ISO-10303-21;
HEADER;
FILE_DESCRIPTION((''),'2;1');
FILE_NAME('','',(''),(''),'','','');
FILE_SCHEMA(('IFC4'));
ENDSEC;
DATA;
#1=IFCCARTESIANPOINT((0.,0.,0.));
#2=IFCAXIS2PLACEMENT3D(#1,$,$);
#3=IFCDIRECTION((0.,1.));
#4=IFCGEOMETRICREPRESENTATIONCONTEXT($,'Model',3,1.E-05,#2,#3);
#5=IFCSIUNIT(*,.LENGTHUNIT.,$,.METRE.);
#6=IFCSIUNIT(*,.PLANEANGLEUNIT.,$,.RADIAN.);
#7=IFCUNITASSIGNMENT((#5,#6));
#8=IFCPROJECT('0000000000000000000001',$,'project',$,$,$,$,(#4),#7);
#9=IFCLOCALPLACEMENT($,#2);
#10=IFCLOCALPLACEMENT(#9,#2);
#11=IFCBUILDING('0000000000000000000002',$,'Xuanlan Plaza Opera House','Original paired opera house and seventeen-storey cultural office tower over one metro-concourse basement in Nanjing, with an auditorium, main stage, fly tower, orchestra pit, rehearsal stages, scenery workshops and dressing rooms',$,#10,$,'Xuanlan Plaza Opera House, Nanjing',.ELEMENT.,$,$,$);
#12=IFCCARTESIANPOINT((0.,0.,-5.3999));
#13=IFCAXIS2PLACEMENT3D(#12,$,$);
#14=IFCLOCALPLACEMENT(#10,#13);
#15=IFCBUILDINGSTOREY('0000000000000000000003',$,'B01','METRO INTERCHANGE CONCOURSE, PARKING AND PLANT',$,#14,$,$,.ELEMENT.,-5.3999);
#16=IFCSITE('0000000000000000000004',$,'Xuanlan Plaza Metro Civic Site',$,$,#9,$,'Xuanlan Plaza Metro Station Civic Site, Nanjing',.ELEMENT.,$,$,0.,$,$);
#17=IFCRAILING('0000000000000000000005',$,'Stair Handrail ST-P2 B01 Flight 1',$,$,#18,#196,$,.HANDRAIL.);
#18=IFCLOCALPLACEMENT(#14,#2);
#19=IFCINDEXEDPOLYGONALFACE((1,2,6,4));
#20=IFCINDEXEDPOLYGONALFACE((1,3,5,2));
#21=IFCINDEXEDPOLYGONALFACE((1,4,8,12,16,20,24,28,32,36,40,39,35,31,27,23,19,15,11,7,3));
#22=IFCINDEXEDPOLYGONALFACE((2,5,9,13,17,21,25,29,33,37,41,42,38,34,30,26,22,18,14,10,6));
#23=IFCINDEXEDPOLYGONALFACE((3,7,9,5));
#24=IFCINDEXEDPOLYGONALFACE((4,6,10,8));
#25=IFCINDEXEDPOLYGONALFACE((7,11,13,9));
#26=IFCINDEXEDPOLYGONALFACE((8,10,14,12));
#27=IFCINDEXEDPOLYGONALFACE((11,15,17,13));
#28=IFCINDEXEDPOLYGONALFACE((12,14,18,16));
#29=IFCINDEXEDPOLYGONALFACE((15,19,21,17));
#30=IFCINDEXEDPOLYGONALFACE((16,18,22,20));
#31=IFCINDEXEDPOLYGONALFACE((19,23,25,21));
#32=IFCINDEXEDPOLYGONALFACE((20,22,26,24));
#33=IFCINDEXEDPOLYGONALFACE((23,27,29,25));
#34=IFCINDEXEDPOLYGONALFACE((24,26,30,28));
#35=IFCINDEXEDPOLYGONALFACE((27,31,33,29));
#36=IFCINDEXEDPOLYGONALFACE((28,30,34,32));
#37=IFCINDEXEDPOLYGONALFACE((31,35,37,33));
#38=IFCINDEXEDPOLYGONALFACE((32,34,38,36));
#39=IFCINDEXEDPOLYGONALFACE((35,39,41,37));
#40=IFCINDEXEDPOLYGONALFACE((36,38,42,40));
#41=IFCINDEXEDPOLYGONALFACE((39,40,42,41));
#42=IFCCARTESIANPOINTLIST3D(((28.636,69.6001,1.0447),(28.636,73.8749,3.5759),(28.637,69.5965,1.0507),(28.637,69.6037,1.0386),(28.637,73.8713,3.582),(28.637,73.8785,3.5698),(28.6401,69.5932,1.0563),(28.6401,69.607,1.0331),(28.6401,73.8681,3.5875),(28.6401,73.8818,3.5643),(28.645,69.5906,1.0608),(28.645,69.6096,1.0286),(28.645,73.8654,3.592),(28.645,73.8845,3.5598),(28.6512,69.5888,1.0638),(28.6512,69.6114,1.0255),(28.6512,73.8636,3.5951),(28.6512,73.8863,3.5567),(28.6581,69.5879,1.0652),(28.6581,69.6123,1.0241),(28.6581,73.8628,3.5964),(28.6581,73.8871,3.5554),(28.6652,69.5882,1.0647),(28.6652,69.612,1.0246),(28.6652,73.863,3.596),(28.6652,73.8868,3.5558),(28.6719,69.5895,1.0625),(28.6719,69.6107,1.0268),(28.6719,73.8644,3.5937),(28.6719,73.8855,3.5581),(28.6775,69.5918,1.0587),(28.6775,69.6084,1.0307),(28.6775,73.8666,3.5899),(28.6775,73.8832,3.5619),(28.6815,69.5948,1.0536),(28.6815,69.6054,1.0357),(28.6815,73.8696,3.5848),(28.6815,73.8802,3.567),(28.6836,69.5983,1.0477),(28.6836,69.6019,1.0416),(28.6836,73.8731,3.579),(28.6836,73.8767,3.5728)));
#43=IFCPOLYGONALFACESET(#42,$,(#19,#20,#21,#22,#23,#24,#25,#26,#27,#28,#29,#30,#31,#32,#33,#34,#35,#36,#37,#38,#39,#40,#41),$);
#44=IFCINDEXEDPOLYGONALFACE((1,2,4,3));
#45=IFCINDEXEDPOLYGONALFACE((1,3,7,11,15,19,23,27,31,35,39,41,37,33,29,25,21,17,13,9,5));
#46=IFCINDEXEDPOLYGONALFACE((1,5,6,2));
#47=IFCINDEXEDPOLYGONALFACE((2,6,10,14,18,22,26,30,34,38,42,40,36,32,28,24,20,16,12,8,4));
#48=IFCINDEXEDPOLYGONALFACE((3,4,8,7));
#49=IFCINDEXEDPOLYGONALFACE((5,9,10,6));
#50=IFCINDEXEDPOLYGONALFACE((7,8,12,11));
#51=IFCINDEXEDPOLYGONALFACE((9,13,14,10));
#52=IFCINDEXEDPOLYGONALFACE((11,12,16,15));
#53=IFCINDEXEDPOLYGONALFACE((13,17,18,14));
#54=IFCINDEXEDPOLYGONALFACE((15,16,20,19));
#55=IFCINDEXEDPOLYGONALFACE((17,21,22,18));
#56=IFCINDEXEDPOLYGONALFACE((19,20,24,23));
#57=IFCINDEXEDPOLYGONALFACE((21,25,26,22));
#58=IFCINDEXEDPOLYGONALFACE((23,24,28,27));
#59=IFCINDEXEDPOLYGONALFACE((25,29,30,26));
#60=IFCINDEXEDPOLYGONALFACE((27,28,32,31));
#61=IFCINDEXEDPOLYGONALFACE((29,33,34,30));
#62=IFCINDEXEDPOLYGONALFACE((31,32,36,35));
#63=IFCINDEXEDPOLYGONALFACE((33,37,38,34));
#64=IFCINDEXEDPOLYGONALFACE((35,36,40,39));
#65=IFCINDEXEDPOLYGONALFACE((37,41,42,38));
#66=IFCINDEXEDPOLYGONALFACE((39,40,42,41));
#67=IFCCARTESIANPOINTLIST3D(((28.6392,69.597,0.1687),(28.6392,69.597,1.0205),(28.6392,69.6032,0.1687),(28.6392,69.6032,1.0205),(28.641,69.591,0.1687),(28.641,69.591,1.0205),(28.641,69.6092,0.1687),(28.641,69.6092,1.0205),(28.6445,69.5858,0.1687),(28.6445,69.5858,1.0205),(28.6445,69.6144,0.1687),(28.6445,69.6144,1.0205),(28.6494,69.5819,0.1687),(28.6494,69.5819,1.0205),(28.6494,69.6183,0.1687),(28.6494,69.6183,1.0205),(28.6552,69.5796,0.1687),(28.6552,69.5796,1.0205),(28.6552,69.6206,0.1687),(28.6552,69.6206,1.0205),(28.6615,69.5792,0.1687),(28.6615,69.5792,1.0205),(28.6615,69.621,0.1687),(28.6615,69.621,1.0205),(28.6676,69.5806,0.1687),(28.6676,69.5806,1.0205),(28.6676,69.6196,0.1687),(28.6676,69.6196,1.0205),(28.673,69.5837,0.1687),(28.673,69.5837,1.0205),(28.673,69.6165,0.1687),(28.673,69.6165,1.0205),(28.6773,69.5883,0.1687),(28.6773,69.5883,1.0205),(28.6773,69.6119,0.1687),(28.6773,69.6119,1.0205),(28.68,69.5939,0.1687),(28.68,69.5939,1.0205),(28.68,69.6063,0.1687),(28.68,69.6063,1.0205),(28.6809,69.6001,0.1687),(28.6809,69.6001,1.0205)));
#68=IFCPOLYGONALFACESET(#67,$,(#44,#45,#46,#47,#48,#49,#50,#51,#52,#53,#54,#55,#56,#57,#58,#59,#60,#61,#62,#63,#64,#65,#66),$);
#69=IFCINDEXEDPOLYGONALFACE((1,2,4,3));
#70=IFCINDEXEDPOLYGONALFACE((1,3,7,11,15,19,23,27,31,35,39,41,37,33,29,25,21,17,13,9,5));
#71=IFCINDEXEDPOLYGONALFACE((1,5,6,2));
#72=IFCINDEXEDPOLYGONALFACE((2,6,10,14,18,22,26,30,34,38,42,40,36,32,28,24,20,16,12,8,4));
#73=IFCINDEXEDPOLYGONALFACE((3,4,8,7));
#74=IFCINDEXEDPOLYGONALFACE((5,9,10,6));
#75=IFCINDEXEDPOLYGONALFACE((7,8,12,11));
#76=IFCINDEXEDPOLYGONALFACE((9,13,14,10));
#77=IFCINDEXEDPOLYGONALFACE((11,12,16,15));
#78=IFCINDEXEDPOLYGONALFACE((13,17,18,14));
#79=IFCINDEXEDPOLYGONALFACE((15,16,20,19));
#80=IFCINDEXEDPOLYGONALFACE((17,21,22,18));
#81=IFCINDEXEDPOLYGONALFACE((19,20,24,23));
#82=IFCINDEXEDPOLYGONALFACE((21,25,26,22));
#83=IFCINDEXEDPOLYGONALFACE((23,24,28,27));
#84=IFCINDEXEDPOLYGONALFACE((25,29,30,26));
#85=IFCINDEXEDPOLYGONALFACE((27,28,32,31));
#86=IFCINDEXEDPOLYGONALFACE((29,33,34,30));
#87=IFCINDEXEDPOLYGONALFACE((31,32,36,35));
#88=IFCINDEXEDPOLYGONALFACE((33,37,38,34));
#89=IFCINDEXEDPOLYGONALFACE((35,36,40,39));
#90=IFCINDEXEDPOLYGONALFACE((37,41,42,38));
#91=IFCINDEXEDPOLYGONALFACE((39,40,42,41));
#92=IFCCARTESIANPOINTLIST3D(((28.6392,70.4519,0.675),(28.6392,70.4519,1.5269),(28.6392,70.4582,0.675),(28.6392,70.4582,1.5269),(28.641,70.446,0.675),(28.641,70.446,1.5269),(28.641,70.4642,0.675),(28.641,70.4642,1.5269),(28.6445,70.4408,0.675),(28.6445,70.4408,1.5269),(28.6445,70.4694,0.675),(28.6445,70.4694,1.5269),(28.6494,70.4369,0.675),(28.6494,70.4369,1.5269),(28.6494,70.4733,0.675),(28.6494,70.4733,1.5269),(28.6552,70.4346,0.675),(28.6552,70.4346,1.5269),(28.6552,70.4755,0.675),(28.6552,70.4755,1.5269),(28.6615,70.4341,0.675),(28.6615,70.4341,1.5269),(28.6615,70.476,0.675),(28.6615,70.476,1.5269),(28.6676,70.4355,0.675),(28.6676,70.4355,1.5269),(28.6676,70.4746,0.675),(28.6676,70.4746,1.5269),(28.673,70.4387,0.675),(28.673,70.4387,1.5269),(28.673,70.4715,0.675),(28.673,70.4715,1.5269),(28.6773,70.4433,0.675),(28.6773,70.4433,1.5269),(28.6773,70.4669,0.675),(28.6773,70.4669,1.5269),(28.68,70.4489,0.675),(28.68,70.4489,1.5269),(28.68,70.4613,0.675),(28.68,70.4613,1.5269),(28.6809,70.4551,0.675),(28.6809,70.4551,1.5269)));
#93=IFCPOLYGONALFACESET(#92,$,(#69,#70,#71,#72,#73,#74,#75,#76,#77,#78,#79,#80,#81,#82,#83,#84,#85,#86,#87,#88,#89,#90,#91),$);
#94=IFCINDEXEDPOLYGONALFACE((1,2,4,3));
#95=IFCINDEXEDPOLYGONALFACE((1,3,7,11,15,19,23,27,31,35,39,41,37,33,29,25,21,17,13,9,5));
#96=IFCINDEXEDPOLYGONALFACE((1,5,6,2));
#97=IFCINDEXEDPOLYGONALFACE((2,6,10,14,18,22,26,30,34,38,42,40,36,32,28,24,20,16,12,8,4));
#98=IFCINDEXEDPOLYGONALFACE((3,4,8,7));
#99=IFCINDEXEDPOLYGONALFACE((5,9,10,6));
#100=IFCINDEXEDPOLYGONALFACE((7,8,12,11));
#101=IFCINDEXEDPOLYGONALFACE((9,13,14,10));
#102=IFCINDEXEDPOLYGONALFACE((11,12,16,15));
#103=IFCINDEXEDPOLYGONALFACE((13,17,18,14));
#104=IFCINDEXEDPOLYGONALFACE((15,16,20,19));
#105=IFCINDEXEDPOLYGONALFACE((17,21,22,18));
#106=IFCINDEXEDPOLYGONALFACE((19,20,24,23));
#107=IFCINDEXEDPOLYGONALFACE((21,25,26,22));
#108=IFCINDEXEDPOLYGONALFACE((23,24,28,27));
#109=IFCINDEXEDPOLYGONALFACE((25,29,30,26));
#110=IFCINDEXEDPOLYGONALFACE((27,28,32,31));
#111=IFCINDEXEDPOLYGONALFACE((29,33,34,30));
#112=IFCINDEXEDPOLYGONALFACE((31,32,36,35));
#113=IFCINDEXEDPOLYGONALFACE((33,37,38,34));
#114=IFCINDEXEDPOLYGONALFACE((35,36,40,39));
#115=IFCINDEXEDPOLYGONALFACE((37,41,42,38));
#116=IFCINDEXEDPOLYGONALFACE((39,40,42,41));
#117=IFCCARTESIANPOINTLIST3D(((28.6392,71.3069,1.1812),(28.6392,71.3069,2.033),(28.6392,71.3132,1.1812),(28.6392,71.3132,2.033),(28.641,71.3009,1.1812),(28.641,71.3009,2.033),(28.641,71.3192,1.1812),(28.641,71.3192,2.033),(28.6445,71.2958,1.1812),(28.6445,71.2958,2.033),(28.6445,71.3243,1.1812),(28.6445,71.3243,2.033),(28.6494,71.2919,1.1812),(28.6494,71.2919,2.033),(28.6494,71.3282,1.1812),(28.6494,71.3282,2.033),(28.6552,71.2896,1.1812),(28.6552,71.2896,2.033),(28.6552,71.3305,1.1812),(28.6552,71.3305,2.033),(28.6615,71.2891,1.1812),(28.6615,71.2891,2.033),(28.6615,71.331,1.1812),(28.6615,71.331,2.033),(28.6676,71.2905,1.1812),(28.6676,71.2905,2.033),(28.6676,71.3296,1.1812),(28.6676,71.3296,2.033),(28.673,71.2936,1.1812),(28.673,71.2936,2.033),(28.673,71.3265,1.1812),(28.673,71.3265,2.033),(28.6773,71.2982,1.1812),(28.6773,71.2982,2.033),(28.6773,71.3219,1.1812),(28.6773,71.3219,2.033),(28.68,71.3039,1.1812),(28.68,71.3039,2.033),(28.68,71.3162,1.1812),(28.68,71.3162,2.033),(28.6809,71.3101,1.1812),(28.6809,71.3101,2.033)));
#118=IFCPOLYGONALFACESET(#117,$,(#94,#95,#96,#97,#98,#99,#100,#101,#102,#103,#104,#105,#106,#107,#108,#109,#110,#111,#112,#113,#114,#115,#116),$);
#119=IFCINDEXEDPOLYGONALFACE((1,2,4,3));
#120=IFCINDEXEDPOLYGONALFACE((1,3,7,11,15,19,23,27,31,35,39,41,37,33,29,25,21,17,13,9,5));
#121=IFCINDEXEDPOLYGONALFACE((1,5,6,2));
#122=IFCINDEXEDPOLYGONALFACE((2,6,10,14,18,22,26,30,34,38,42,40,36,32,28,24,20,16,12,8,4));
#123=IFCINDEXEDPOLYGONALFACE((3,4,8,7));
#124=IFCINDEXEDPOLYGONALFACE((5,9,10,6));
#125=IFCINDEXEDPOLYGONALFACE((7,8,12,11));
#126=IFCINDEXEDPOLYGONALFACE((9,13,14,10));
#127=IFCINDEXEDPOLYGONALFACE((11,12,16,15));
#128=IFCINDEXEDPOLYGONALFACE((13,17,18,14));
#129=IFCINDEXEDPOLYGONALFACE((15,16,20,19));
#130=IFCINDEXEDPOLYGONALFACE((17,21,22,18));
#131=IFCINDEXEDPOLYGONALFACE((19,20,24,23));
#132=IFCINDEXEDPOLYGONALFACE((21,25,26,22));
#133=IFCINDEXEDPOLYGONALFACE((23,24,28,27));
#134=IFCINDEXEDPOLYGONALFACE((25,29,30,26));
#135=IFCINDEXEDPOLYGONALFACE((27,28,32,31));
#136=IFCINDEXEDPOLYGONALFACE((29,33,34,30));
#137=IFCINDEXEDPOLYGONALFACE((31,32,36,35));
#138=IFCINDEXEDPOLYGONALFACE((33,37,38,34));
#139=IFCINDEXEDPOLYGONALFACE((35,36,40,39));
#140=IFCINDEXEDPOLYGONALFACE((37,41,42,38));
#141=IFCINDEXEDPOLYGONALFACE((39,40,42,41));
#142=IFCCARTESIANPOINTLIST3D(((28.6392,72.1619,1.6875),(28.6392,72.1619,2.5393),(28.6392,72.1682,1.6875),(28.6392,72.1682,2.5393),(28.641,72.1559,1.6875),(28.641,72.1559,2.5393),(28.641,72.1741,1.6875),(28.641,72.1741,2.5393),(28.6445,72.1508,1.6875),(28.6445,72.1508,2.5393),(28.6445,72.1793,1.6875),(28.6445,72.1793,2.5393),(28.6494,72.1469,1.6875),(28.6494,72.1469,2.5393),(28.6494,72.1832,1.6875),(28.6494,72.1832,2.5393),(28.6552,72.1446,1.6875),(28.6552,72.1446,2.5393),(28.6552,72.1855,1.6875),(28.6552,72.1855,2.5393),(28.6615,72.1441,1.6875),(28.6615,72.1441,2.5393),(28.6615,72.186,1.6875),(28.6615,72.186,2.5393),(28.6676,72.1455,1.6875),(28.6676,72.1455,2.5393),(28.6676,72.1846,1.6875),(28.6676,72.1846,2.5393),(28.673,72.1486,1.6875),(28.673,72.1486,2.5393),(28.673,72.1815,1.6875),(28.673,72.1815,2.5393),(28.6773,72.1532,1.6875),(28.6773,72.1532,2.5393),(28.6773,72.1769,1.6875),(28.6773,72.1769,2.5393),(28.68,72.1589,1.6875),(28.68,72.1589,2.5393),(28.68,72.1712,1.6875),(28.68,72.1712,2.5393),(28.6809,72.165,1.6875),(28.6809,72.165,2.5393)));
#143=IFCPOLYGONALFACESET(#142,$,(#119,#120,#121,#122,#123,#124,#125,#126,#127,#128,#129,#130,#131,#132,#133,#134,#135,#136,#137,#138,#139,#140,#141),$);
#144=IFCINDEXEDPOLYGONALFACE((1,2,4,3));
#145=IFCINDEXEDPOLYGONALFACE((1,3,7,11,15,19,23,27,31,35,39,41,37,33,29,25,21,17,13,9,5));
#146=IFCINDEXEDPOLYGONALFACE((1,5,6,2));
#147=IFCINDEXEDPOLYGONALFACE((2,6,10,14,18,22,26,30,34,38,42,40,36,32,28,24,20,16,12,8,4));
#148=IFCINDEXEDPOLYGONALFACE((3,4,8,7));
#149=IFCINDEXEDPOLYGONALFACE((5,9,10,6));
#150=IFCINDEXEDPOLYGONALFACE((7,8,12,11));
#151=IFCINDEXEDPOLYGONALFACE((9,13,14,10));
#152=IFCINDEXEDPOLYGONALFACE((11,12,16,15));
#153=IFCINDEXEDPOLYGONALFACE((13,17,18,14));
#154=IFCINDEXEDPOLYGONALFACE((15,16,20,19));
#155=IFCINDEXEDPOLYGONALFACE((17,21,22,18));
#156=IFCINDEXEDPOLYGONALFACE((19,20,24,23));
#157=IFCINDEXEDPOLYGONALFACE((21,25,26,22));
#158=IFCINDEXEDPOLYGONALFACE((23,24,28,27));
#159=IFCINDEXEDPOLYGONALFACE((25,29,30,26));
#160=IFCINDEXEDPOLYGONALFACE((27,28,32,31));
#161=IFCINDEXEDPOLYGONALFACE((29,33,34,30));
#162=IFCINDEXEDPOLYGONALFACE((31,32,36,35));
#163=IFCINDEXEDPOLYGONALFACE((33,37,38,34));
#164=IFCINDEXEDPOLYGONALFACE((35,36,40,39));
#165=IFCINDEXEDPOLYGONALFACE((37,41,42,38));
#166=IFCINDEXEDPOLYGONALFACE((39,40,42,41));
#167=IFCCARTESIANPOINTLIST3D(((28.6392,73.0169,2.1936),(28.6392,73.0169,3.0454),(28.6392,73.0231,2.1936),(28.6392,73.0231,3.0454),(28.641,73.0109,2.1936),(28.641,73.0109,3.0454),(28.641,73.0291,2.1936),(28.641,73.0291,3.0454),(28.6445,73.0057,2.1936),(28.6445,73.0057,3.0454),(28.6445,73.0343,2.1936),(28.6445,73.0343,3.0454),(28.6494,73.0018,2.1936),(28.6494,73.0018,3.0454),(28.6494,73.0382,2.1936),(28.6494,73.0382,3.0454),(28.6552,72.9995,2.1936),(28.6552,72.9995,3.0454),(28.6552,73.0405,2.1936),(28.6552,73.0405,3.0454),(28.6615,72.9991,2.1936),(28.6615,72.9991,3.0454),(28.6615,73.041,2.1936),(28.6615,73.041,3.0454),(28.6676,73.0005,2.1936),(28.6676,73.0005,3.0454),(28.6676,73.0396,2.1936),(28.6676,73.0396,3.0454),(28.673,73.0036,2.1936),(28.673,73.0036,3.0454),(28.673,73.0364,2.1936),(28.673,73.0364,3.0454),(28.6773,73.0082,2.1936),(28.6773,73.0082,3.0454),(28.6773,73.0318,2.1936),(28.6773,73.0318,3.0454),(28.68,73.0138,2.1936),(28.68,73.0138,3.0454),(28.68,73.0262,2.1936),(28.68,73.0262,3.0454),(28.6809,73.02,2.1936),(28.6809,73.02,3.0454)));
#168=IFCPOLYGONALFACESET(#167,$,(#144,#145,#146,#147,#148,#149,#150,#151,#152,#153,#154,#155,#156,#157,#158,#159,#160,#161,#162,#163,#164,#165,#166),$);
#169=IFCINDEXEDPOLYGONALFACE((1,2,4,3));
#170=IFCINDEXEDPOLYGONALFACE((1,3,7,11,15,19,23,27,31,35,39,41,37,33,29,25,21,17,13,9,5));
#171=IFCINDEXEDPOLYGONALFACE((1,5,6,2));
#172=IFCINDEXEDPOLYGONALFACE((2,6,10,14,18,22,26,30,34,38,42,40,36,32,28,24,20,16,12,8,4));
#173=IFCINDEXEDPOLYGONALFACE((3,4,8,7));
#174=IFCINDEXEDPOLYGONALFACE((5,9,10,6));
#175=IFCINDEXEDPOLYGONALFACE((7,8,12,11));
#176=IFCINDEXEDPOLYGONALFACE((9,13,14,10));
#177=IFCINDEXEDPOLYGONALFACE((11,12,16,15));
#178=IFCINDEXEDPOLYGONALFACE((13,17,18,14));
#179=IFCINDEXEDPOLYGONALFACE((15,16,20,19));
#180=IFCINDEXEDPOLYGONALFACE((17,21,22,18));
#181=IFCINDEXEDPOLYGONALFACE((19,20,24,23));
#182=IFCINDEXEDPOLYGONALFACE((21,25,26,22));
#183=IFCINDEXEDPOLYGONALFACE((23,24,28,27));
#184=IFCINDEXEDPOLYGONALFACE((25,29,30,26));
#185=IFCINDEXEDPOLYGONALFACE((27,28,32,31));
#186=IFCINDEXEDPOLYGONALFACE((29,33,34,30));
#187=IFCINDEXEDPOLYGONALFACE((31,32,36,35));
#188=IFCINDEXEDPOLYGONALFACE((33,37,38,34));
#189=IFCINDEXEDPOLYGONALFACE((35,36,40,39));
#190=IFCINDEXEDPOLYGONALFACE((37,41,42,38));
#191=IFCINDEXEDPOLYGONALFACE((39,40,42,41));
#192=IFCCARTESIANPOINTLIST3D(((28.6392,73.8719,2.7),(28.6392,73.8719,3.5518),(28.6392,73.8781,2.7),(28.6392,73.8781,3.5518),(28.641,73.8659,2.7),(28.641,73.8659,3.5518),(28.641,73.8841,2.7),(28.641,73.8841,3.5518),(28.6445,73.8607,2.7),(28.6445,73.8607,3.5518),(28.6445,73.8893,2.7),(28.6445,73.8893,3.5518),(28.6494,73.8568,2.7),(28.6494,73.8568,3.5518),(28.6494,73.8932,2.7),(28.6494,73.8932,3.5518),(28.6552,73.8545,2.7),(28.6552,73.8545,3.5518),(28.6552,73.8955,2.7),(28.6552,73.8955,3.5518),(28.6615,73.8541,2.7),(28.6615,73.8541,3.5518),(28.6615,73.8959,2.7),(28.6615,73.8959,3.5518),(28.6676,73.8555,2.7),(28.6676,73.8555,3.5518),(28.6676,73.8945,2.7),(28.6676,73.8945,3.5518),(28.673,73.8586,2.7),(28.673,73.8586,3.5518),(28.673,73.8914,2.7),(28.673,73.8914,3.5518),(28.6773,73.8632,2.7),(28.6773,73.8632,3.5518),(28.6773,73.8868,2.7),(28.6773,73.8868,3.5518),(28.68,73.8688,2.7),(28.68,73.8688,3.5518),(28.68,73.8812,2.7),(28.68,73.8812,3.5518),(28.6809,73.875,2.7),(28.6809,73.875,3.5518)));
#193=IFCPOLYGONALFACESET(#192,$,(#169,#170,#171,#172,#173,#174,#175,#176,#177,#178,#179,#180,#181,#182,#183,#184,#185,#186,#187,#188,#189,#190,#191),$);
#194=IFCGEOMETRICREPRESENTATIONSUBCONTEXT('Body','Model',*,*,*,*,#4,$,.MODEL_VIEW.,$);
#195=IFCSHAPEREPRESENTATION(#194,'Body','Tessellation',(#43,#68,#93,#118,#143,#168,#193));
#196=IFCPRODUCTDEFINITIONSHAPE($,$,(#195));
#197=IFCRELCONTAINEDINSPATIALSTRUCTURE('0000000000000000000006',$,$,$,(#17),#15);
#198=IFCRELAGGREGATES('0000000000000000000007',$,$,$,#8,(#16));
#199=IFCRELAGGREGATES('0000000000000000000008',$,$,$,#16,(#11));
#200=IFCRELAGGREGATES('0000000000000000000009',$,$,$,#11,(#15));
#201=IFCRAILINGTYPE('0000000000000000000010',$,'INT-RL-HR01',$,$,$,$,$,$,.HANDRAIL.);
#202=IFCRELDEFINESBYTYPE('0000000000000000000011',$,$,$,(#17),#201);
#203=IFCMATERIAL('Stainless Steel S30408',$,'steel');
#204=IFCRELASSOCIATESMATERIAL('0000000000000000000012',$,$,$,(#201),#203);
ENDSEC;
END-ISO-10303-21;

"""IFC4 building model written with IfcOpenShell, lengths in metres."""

from ifc_helpers import new_model, si_unit, direction, frame, origin, origin_2d, place, context, subcontext, project, spatial, circle, extrude, material, type_object, element, save


model = new_model("IFC4")

# Units and contexts
model_context = context("Model", 3, precision=1e-05, world=origin(), true_north=direction((0.0, 1.0)))
body_context = subcontext(model_context, "Body", "Model", "MODEL_VIEW")
ifc_project = project(units=[si_unit("LENGTHUNIT", "METRE"), si_unit("PLANEANGLEUNIT", "RADIAN")], contexts=[model_context])

# Site, building, storey
site_placement = place(None, origin())
site = spatial("IfcSite", under=ifc_project, at=site_placement, Name="Xuanlan Plaza Metro Civic Site", LongName="Xuanlan Plaza Metro Station Civic Site, Nanjing", CompositionType="ELEMENT", RefElevation=0.0)
building_placement = place(site_placement, origin())
building = spatial("IfcBuilding", under=site, at=building_placement, Name="Xuanlan Plaza Opera House", Description="Original paired opera house and seventeen-storey cultural office tower over one metro-concourse basement in Nanjing, with an auditorium, main stage, fly tower, orchestra pit, rehearsal stages, scenery workshops and dressing rooms", LongName="Xuanlan Plaza Opera House, Nanjing", CompositionType="ELEMENT")
storey_placement = place(building_placement, frame((0.0, 0.0, -5.3999)))
storey = spatial("IfcBuildingStorey", under=building, at=storey_placement, Name="B01", Description="METRO INTERCHANGE CONCOURSE, PARKING AND PLANT", CompositionType="ELEMENT", Elevation=-5.3999)

# Railing
ifc_material_1 = material(Name="Stainless Steel S30408", Category="steel")
railing_type = type_object("IfcRailingType", Name="INT-RL-HR01", PredefinedType="HANDRAIL", material=ifc_material_1)
for number, where, name in (
    (1, (28.6599, 69.6001, 0.1687), "Stair Handrail ST-P2 B01 Flight 1"),
):
    element("IfcRailing", number, at=place(storey_placement, frame(where)), inside=storey, type_object=railing_type, Name=name, PredefinedType="HANDRAIL", context=body_context, shape_type="SweptSolid", body=[
        extrude(circle(Radius=0.0239, at=origin_2d()), frame((0.0, 0.0, 0.876), z_axis=(0.0, 0.86047, 0.509501), x_axis=(-1.0, 0.0, 0.0)), (0.0, 0.0, 1.0), 4.968),
        extrude(circle(Radius=0.021, at=origin_2d()), origin(), (0.0, 0.0, 1.0), 0.8518),
        extrude(circle(Radius=0.021, at=origin_2d()), frame((0.0, 0.855, 0.5063)), (0.0, 0.0, 1.0), 0.8518),
        extrude(circle(Radius=0.021, at=origin_2d()), frame((0.0, 1.71, 1.0125)), (0.0, 0.0, 1.0), 0.8518),
        extrude(circle(Radius=0.021, at=origin_2d()), frame((0.0, 2.5649, 1.5188)), (0.0, 0.0, 1.0), 0.8518),
        extrude(circle(Radius=0.021, at=origin_2d()), frame((0.0, 3.4199, 2.0249)), (0.0, 0.0, 1.0), 0.8518),
        extrude(circle(Radius=0.021, at=origin_2d()), frame((0.0, 4.2749, 2.5312)), (0.0, 0.0, 1.0), 0.8518),
    ])

save(model, "model.ifc")
